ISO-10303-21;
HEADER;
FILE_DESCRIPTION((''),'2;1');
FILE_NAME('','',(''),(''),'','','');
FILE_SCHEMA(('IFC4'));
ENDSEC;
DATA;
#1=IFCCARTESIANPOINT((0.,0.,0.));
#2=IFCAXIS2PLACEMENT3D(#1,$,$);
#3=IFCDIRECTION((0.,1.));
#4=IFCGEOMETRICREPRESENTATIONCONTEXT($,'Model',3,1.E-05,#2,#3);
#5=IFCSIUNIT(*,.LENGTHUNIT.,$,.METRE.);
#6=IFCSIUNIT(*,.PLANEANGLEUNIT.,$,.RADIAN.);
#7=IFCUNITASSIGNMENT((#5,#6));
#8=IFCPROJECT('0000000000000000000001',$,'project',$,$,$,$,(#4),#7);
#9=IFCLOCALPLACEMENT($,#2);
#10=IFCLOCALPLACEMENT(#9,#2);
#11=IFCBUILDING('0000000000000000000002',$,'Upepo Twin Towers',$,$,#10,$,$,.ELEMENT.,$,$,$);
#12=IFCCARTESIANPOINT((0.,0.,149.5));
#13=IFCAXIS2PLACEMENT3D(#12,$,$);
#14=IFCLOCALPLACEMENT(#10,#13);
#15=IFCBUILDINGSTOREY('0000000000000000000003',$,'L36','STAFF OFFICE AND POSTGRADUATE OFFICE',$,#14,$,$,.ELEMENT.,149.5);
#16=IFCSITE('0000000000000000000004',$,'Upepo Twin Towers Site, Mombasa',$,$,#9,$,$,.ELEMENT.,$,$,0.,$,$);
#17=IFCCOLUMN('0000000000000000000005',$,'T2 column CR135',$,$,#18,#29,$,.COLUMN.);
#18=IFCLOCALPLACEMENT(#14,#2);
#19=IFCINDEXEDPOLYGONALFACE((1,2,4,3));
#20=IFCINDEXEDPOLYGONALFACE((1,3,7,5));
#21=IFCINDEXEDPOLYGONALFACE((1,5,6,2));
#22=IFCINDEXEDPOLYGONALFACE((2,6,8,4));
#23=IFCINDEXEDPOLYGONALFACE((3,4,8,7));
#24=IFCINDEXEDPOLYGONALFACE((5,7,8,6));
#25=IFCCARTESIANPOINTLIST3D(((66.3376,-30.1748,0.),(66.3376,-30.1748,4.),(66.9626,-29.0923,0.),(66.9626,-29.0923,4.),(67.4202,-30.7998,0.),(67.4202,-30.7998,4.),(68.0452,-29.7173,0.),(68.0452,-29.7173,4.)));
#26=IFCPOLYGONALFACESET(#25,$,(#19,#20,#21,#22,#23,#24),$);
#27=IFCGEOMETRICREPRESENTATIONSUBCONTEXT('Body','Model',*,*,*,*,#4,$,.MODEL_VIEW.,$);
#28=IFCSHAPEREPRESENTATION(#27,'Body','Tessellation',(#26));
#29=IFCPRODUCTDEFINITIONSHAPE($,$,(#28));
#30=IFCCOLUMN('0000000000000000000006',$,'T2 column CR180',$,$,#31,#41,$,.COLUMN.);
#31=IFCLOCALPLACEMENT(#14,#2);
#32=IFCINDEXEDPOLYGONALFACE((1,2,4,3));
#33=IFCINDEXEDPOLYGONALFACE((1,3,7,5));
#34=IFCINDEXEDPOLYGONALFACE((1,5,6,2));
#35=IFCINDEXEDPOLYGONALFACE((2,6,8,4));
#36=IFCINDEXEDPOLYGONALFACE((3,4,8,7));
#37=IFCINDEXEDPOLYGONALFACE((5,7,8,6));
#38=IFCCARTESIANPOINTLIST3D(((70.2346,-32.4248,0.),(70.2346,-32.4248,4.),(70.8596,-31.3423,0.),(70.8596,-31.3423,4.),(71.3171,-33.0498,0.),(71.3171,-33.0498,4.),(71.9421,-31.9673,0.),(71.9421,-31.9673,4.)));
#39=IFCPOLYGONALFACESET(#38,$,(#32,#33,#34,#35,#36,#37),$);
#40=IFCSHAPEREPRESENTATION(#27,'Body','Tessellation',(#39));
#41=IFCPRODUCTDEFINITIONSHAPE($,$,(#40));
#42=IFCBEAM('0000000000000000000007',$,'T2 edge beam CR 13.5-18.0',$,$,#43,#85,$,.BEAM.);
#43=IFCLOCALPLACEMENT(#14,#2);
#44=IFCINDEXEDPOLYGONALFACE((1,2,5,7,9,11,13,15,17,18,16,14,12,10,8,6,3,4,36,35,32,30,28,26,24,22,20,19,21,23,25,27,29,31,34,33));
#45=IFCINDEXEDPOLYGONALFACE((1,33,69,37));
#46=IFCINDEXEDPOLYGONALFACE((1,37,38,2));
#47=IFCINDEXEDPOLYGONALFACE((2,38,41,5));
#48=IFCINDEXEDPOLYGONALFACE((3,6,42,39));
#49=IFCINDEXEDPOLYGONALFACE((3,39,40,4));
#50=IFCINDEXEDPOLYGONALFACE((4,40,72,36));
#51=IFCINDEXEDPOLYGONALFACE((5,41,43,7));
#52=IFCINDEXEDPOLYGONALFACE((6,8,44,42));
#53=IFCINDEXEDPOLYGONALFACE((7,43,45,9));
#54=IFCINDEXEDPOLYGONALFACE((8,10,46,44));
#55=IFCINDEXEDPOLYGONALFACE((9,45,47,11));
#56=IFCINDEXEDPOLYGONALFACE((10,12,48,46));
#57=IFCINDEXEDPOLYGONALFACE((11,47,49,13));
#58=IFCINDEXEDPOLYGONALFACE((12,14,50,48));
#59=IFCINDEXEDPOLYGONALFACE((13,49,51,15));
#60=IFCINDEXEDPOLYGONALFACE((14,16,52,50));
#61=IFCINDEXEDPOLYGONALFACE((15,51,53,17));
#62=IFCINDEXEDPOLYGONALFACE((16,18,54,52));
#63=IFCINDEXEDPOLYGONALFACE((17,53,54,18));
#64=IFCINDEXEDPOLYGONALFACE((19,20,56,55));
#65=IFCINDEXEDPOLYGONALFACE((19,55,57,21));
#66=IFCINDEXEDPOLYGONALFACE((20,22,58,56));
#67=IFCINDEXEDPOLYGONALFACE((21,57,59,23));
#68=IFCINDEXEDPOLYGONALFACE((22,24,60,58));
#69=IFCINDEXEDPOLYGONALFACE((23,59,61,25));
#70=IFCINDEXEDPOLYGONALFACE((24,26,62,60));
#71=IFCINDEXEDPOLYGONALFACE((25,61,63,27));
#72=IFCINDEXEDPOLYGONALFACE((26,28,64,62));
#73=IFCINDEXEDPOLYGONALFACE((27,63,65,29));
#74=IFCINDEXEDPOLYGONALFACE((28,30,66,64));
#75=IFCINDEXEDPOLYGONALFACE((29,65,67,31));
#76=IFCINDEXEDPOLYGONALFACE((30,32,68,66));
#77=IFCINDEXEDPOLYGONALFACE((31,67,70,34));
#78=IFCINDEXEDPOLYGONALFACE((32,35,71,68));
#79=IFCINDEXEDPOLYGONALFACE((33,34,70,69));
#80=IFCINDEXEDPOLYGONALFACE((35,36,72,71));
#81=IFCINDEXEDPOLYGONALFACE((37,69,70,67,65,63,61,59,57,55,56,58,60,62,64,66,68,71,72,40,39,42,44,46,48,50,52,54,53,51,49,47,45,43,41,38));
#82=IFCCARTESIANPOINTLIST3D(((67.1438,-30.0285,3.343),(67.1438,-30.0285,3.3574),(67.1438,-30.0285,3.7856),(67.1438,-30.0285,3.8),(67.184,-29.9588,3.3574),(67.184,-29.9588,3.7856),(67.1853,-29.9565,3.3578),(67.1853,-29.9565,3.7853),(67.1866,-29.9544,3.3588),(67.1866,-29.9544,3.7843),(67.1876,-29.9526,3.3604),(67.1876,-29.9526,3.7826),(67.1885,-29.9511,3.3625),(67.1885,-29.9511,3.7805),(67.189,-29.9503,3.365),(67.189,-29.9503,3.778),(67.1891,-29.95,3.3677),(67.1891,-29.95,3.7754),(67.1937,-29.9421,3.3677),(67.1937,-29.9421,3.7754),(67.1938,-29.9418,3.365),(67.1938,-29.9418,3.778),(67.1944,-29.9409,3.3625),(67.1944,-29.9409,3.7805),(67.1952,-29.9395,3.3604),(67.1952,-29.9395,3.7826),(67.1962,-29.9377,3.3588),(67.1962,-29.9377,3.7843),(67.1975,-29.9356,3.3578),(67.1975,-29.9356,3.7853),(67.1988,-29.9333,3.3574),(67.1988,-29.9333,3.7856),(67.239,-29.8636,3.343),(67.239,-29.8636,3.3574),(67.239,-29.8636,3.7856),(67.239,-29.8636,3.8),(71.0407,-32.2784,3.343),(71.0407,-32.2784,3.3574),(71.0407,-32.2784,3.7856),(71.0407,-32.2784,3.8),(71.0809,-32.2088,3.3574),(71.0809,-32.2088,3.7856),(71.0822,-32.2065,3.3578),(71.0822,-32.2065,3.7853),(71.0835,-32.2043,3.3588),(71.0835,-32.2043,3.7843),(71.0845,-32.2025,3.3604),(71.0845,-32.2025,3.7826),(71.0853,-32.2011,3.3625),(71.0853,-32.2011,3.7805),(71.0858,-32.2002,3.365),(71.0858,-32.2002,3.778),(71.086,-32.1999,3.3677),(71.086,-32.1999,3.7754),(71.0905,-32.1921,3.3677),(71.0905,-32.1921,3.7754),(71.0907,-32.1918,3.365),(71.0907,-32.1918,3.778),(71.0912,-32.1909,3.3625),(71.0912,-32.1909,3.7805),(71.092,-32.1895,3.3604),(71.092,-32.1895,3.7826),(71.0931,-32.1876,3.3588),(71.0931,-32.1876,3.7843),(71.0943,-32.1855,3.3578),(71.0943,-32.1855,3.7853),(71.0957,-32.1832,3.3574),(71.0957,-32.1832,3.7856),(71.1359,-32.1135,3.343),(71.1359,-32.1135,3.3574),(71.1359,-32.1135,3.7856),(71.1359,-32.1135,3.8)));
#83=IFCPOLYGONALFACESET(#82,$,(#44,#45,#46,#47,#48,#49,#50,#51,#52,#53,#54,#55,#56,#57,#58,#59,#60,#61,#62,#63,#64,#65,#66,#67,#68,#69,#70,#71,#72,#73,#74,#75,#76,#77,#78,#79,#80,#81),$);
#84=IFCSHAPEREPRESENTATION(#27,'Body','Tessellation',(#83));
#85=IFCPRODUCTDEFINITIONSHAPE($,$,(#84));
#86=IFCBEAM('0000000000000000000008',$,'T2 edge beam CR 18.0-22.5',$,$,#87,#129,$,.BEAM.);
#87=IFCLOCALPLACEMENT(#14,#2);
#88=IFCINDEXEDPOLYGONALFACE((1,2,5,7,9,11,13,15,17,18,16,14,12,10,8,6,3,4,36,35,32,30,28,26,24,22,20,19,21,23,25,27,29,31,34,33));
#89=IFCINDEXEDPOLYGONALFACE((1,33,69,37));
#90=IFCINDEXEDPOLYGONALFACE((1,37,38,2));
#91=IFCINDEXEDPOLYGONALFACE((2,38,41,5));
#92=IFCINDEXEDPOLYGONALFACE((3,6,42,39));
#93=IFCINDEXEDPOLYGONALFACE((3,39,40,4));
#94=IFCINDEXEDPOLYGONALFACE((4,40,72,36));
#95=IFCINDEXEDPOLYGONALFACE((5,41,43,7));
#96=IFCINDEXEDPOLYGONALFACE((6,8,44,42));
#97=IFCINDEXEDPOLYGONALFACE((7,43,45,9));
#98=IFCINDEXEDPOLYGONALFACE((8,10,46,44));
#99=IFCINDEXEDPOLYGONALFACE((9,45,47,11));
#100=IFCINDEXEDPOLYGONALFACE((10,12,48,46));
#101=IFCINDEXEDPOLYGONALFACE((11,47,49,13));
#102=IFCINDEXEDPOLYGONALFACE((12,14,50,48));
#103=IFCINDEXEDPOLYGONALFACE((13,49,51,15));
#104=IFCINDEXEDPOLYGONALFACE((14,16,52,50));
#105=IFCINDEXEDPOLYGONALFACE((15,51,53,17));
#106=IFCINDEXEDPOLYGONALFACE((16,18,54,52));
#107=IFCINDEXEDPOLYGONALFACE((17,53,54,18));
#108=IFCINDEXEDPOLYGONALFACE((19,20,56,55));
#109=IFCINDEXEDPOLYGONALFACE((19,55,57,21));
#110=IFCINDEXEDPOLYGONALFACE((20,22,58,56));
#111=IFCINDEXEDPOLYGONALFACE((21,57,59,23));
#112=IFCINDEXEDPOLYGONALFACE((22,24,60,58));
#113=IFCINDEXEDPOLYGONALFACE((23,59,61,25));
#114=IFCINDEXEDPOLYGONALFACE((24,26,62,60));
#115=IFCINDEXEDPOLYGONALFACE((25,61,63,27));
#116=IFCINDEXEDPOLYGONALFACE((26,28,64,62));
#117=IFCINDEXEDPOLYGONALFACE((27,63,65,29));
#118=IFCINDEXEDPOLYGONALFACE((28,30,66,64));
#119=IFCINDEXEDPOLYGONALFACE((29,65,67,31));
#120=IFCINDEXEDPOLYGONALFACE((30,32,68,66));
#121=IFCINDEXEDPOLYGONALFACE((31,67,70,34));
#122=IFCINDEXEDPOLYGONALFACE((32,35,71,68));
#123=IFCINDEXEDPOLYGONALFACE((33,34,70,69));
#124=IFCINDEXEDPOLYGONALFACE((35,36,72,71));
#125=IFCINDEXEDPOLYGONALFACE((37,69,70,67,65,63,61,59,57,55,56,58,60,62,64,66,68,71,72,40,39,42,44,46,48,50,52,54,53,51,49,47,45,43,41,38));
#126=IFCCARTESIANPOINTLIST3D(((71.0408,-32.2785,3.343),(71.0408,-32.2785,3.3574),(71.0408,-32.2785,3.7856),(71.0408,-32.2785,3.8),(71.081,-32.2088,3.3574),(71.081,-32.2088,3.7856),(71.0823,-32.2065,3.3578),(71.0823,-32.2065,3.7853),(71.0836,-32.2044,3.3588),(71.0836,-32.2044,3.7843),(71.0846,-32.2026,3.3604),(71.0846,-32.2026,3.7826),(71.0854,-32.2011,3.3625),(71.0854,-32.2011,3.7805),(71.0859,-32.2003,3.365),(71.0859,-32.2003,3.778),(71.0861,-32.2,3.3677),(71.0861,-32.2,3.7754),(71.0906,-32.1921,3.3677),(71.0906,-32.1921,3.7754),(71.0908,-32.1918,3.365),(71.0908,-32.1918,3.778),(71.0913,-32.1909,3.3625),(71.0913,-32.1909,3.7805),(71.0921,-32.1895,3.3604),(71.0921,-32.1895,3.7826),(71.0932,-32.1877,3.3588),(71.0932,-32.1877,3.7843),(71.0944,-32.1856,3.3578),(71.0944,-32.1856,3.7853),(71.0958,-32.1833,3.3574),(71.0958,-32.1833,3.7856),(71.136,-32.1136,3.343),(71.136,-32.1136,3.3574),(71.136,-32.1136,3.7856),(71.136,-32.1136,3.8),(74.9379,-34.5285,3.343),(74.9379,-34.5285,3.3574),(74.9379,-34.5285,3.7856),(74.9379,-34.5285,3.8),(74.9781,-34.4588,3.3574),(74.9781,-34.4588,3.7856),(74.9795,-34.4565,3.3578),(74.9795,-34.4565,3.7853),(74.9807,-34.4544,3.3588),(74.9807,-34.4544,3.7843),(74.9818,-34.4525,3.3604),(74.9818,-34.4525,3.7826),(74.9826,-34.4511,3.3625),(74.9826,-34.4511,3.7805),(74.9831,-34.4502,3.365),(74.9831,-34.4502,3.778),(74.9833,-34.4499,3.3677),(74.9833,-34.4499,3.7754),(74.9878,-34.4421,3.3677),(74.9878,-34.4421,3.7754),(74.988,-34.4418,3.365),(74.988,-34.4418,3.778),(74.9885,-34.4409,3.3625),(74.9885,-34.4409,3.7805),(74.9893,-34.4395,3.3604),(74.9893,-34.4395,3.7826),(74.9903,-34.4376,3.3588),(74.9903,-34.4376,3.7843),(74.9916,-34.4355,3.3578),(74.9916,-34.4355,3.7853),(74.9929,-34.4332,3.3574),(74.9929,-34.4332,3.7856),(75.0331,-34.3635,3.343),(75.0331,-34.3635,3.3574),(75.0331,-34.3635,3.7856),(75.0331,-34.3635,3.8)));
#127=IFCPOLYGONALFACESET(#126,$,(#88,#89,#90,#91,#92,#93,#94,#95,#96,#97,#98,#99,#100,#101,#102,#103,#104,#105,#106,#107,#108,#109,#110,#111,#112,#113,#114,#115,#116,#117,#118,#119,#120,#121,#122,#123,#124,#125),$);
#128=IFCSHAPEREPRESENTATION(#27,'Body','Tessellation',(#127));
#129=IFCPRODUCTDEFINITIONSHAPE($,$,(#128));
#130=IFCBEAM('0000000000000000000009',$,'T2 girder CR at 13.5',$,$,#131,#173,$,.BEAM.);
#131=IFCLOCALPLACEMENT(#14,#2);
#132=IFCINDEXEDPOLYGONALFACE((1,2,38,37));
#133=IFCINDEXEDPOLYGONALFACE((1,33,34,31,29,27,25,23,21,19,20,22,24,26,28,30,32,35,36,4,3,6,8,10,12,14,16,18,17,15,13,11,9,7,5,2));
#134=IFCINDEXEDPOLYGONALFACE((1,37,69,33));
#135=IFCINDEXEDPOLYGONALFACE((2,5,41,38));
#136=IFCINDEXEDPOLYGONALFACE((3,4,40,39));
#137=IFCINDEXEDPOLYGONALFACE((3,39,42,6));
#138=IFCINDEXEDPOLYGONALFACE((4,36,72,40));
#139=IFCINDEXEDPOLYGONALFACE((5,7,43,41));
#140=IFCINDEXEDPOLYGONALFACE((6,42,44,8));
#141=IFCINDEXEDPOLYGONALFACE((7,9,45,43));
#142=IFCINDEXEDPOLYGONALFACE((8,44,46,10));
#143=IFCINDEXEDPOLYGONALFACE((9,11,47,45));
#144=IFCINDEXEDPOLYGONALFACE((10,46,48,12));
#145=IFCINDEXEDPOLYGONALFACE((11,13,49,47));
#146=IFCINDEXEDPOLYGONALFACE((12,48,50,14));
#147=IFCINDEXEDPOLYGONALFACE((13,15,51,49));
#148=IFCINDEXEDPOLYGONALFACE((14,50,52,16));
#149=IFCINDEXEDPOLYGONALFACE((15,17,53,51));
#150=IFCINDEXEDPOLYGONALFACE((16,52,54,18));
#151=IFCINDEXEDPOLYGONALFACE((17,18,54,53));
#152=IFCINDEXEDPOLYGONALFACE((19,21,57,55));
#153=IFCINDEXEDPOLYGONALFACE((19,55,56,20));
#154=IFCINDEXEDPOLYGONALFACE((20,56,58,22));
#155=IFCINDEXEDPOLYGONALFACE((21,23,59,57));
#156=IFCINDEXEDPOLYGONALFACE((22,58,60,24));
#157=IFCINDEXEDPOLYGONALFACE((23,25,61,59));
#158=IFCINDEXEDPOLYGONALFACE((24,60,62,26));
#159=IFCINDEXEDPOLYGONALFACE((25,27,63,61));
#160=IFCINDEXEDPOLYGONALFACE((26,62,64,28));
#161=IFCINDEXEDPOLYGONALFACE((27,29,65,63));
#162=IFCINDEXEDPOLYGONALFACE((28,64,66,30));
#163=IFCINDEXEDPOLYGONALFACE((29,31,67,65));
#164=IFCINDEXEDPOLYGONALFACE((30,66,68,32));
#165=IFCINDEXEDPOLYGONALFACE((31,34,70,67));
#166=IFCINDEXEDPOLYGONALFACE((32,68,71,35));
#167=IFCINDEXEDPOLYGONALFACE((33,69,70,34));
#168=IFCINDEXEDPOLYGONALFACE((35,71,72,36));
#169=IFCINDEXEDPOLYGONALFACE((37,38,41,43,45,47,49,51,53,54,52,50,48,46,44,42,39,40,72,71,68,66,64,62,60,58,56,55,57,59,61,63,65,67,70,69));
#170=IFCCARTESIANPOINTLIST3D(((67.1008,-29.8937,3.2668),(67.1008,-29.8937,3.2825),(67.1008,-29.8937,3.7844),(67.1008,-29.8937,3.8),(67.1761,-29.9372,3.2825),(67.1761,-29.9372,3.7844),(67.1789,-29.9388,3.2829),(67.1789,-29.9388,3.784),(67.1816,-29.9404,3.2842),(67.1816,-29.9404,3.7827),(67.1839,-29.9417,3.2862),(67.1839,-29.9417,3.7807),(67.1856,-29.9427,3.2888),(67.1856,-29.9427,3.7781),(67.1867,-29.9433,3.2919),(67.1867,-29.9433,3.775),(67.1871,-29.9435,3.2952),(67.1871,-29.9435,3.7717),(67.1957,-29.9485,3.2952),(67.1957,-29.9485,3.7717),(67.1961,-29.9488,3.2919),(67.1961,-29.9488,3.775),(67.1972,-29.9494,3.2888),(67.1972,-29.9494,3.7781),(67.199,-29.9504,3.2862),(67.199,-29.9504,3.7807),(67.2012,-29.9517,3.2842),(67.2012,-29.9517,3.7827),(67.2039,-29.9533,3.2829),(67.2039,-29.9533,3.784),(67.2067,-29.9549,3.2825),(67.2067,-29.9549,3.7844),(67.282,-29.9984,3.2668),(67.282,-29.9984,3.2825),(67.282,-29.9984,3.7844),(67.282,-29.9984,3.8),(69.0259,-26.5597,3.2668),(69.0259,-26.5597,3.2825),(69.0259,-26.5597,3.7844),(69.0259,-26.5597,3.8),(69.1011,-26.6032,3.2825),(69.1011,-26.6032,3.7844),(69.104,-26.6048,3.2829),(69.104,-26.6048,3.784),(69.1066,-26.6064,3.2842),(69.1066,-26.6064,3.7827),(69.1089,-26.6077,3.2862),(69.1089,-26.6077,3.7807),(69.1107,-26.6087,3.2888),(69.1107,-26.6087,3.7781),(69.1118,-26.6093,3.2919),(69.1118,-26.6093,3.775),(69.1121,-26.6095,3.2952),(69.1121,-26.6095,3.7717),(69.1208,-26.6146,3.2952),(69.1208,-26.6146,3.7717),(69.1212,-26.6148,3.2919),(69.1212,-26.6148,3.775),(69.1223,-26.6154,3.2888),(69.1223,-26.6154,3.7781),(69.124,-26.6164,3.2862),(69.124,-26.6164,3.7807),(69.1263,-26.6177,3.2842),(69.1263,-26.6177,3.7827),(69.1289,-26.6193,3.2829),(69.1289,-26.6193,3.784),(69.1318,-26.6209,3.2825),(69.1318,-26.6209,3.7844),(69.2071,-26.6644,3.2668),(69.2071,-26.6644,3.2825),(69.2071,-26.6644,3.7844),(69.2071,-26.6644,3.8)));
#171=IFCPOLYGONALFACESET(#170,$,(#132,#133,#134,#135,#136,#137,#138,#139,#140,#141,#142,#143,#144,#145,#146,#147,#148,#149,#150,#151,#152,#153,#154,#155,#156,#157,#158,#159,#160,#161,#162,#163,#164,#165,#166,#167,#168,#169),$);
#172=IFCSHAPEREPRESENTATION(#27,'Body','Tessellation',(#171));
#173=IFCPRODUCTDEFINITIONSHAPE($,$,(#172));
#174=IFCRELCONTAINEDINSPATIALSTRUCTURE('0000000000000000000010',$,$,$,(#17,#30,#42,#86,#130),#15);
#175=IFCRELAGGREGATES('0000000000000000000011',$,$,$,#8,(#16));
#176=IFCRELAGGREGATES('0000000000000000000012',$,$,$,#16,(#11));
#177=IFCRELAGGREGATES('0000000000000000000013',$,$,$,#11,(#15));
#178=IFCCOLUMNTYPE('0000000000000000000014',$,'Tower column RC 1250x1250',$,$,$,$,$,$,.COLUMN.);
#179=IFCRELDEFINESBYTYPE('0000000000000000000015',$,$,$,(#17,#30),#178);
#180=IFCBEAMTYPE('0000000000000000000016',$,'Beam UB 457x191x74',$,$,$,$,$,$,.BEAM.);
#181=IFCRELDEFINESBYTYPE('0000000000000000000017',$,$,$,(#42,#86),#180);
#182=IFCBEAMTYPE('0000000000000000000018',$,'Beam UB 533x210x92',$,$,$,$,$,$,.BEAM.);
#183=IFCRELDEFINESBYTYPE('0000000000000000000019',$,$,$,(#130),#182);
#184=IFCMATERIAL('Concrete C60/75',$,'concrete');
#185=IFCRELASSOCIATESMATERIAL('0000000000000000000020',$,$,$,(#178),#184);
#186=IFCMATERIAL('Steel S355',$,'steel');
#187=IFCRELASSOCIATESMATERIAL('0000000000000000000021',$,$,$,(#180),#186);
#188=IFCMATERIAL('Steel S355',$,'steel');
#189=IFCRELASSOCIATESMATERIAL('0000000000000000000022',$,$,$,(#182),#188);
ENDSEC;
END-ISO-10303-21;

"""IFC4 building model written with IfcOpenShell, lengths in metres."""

from ifc_helpers import new_model, si_unit, direction, frame, origin, origin_2d, place, context, subcontext, project, spatial, rectangle, i_section, extrude, material, material_profile, profile_set, type_object, element, save


model = new_model("IFC4")

# Units and contexts
model_context = context("Model", 3, precision=1e-05, world=origin(), true_north=direction((0.0, 1.0)))
body_context = subcontext(model_context, "Body", "Model", "MODEL_VIEW")
ifc_project = project(units=[si_unit("LENGTHUNIT", "METRE"), si_unit("PLANEANGLEUNIT", "RADIAN")], contexts=[model_context])

# Site, building, storey
site_placement = place(None, origin())
site = spatial("IfcSite", under=ifc_project, at=site_placement, Name="Upepo Twin Towers Site, Mombasa", CompositionType="ELEMENT", RefElevation=0.0)
building_placement = place(site_placement, origin())
building = spatial("IfcBuilding", under=site, at=building_placement, Name="Upepo Twin Towers", CompositionType="ELEMENT")
storey_placement = place(building_placement, frame((0.0, 0.0, 149.5)))
storey = spatial("IfcBuildingStorey", under=building, at=storey_placement, Name="L36", Description="STAFF OFFICE AND POSTGRADUATE OFFICE", CompositionType="ELEMENT", Elevation=149.5)

# Columns
ifc_material_1 = material(Name="Concrete C60/75", Category="concrete")
ifc_material_profile_1 = material_profile(ifc_material_1, rectangle(XDim=1.25, YDim=1.25, at=origin_2d()), Name="RC 1250x1250")
ifc_profile_set_1 = profile_set([ifc_material_profile_1], Name="Concrete C60/75")
column_type = type_object("IfcColumnType", Name="Tower column RC 1250x1250", PredefinedType="COLUMN", material=ifc_profile_set_1)
for number, where, z_axis, x_axis, name in (
    (1, (67.1914, -29.946, 0.0), (0.0, 0.0, 1.0), (0.5, 0.866025, 0.0), "T2 column CR135"),
    (2, (71.0884, -32.196, 0.0), (0.0, 0.0, 1.0), (0.5, 0.866025, 0.0), "T2 column CR180"),
):
    element("IfcColumn", number, at=place(storey_placement, frame(where, z_axis=z_axis, x_axis=x_axis)), inside=storey, type_object=column_type, Name=name, PredefinedType="COLUMN", context=body_context, shape_type="SweptSolid", body=[
        extrude(rectangle(XDim=1.25, YDim=1.25, at=origin_2d()), origin(), (0.0, 0.0, 1.0), 4.0),
    ])

# Beams
ifc_material_2 = material(Name="Steel S355", Category="steel")
ifc_material_profile_2 = material_profile(ifc_material_2, i_section(OverallWidth=0.1904, OverallDepth=0.457, WebThickness=0.009, FlangeThickness=0.0144, FilletRadius=0.0103, at=origin_2d()), Name="UB 457x191x74")
ifc_profile_set_2 = profile_set([ifc_material_profile_2], Name="Steel S355")
beam_type_1 = type_object("IfcBeamType", Name="Beam UB 457x191x74", PredefinedType="BEAM", material=ifc_profile_set_2)
beam_1_placement = place(storey_placement, frame((67.1914, -29.946, 3.5715), z_axis=(0.866018, -0.500014, 0.0), x_axis=(0.500014, 0.866018, 0.0)))
element("IfcBeam", 3, at=beam_1_placement, inside=storey, type_object=beam_type_1, Name="T2 edge beam CR 13.5-18.0", PredefinedType="BEAM", context=body_context, shape_type="SweptSolid", body=[
    extrude(i_section(OverallWidth=0.1904, OverallDepth=0.457, WebThickness=0.009, FlangeThickness=0.0144, FilletRadius=0.0103, at=origin_2d()), origin(), (0.0, 0.0, 1.0), 4.4998),
])
beam_2_placement = place(storey_placement, frame((71.0884, -32.196, 3.5715), z_axis=(0.866031, -0.49999, 0.0), x_axis=(0.49999, 0.866031, 0.0)))
element("IfcBeam", 4, at=beam_2_placement, inside=storey, type_object=beam_type_1, Name="T2 edge beam CR 18.0-22.5", PredefinedType="BEAM", context=body_context, shape_type="SweptSolid", body=[
    extrude(i_section(OverallWidth=0.1904, OverallDepth=0.457, WebThickness=0.009, FlangeThickness=0.0144, FilletRadius=0.0103, at=origin_2d()), origin(), (0.0, 0.0, 1.0), 4.5),
])
ifc_material_3 = material(Name="Steel S355", Category="steel")
ifc_material_profile_3 = material_profile(ifc_material_3, i_section(OverallWidth=0.2092, OverallDepth=0.5332, WebThickness=0.01, FlangeThickness=0.0156, FilletRadius=0.0127, at=origin_2d()), Name="UB 533x210x92")
ifc_profile_set_3 = profile_set([ifc_material_profile_3], Name="Steel S355")
beam_type_2 = type_object("IfcBeamType", Name="Beam UB 533x210x92", PredefinedType="BEAM", material=ifc_profile_set_3)
for number, where, z_axis, x_axis, name in (
    (5, (67.1914, -29.946, 3.5334), (0.500034, 0.866006, 0.0), (-0.866006, 0.500034, 0.0), "T2 girder CR at 13.5"),
):
    element("IfcBeam", number, at=place(storey_placement, frame(where, z_axis=z_axis, x_axis=x_axis)), inside=storey, type_object=beam_type_2, Name=name, PredefinedType="BEAM", context=body_context, shape_type="SweptSolid", body=[
        extrude(i_section(OverallWidth=0.2092, OverallDepth=0.5332, WebThickness=0.01, FlangeThickness=0.0156, FilletRadius=0.0127, at=origin_2d()), origin(), (0.0, 0.0, 1.0), 3.8499),
    ])

save(model, "model.ifc")
